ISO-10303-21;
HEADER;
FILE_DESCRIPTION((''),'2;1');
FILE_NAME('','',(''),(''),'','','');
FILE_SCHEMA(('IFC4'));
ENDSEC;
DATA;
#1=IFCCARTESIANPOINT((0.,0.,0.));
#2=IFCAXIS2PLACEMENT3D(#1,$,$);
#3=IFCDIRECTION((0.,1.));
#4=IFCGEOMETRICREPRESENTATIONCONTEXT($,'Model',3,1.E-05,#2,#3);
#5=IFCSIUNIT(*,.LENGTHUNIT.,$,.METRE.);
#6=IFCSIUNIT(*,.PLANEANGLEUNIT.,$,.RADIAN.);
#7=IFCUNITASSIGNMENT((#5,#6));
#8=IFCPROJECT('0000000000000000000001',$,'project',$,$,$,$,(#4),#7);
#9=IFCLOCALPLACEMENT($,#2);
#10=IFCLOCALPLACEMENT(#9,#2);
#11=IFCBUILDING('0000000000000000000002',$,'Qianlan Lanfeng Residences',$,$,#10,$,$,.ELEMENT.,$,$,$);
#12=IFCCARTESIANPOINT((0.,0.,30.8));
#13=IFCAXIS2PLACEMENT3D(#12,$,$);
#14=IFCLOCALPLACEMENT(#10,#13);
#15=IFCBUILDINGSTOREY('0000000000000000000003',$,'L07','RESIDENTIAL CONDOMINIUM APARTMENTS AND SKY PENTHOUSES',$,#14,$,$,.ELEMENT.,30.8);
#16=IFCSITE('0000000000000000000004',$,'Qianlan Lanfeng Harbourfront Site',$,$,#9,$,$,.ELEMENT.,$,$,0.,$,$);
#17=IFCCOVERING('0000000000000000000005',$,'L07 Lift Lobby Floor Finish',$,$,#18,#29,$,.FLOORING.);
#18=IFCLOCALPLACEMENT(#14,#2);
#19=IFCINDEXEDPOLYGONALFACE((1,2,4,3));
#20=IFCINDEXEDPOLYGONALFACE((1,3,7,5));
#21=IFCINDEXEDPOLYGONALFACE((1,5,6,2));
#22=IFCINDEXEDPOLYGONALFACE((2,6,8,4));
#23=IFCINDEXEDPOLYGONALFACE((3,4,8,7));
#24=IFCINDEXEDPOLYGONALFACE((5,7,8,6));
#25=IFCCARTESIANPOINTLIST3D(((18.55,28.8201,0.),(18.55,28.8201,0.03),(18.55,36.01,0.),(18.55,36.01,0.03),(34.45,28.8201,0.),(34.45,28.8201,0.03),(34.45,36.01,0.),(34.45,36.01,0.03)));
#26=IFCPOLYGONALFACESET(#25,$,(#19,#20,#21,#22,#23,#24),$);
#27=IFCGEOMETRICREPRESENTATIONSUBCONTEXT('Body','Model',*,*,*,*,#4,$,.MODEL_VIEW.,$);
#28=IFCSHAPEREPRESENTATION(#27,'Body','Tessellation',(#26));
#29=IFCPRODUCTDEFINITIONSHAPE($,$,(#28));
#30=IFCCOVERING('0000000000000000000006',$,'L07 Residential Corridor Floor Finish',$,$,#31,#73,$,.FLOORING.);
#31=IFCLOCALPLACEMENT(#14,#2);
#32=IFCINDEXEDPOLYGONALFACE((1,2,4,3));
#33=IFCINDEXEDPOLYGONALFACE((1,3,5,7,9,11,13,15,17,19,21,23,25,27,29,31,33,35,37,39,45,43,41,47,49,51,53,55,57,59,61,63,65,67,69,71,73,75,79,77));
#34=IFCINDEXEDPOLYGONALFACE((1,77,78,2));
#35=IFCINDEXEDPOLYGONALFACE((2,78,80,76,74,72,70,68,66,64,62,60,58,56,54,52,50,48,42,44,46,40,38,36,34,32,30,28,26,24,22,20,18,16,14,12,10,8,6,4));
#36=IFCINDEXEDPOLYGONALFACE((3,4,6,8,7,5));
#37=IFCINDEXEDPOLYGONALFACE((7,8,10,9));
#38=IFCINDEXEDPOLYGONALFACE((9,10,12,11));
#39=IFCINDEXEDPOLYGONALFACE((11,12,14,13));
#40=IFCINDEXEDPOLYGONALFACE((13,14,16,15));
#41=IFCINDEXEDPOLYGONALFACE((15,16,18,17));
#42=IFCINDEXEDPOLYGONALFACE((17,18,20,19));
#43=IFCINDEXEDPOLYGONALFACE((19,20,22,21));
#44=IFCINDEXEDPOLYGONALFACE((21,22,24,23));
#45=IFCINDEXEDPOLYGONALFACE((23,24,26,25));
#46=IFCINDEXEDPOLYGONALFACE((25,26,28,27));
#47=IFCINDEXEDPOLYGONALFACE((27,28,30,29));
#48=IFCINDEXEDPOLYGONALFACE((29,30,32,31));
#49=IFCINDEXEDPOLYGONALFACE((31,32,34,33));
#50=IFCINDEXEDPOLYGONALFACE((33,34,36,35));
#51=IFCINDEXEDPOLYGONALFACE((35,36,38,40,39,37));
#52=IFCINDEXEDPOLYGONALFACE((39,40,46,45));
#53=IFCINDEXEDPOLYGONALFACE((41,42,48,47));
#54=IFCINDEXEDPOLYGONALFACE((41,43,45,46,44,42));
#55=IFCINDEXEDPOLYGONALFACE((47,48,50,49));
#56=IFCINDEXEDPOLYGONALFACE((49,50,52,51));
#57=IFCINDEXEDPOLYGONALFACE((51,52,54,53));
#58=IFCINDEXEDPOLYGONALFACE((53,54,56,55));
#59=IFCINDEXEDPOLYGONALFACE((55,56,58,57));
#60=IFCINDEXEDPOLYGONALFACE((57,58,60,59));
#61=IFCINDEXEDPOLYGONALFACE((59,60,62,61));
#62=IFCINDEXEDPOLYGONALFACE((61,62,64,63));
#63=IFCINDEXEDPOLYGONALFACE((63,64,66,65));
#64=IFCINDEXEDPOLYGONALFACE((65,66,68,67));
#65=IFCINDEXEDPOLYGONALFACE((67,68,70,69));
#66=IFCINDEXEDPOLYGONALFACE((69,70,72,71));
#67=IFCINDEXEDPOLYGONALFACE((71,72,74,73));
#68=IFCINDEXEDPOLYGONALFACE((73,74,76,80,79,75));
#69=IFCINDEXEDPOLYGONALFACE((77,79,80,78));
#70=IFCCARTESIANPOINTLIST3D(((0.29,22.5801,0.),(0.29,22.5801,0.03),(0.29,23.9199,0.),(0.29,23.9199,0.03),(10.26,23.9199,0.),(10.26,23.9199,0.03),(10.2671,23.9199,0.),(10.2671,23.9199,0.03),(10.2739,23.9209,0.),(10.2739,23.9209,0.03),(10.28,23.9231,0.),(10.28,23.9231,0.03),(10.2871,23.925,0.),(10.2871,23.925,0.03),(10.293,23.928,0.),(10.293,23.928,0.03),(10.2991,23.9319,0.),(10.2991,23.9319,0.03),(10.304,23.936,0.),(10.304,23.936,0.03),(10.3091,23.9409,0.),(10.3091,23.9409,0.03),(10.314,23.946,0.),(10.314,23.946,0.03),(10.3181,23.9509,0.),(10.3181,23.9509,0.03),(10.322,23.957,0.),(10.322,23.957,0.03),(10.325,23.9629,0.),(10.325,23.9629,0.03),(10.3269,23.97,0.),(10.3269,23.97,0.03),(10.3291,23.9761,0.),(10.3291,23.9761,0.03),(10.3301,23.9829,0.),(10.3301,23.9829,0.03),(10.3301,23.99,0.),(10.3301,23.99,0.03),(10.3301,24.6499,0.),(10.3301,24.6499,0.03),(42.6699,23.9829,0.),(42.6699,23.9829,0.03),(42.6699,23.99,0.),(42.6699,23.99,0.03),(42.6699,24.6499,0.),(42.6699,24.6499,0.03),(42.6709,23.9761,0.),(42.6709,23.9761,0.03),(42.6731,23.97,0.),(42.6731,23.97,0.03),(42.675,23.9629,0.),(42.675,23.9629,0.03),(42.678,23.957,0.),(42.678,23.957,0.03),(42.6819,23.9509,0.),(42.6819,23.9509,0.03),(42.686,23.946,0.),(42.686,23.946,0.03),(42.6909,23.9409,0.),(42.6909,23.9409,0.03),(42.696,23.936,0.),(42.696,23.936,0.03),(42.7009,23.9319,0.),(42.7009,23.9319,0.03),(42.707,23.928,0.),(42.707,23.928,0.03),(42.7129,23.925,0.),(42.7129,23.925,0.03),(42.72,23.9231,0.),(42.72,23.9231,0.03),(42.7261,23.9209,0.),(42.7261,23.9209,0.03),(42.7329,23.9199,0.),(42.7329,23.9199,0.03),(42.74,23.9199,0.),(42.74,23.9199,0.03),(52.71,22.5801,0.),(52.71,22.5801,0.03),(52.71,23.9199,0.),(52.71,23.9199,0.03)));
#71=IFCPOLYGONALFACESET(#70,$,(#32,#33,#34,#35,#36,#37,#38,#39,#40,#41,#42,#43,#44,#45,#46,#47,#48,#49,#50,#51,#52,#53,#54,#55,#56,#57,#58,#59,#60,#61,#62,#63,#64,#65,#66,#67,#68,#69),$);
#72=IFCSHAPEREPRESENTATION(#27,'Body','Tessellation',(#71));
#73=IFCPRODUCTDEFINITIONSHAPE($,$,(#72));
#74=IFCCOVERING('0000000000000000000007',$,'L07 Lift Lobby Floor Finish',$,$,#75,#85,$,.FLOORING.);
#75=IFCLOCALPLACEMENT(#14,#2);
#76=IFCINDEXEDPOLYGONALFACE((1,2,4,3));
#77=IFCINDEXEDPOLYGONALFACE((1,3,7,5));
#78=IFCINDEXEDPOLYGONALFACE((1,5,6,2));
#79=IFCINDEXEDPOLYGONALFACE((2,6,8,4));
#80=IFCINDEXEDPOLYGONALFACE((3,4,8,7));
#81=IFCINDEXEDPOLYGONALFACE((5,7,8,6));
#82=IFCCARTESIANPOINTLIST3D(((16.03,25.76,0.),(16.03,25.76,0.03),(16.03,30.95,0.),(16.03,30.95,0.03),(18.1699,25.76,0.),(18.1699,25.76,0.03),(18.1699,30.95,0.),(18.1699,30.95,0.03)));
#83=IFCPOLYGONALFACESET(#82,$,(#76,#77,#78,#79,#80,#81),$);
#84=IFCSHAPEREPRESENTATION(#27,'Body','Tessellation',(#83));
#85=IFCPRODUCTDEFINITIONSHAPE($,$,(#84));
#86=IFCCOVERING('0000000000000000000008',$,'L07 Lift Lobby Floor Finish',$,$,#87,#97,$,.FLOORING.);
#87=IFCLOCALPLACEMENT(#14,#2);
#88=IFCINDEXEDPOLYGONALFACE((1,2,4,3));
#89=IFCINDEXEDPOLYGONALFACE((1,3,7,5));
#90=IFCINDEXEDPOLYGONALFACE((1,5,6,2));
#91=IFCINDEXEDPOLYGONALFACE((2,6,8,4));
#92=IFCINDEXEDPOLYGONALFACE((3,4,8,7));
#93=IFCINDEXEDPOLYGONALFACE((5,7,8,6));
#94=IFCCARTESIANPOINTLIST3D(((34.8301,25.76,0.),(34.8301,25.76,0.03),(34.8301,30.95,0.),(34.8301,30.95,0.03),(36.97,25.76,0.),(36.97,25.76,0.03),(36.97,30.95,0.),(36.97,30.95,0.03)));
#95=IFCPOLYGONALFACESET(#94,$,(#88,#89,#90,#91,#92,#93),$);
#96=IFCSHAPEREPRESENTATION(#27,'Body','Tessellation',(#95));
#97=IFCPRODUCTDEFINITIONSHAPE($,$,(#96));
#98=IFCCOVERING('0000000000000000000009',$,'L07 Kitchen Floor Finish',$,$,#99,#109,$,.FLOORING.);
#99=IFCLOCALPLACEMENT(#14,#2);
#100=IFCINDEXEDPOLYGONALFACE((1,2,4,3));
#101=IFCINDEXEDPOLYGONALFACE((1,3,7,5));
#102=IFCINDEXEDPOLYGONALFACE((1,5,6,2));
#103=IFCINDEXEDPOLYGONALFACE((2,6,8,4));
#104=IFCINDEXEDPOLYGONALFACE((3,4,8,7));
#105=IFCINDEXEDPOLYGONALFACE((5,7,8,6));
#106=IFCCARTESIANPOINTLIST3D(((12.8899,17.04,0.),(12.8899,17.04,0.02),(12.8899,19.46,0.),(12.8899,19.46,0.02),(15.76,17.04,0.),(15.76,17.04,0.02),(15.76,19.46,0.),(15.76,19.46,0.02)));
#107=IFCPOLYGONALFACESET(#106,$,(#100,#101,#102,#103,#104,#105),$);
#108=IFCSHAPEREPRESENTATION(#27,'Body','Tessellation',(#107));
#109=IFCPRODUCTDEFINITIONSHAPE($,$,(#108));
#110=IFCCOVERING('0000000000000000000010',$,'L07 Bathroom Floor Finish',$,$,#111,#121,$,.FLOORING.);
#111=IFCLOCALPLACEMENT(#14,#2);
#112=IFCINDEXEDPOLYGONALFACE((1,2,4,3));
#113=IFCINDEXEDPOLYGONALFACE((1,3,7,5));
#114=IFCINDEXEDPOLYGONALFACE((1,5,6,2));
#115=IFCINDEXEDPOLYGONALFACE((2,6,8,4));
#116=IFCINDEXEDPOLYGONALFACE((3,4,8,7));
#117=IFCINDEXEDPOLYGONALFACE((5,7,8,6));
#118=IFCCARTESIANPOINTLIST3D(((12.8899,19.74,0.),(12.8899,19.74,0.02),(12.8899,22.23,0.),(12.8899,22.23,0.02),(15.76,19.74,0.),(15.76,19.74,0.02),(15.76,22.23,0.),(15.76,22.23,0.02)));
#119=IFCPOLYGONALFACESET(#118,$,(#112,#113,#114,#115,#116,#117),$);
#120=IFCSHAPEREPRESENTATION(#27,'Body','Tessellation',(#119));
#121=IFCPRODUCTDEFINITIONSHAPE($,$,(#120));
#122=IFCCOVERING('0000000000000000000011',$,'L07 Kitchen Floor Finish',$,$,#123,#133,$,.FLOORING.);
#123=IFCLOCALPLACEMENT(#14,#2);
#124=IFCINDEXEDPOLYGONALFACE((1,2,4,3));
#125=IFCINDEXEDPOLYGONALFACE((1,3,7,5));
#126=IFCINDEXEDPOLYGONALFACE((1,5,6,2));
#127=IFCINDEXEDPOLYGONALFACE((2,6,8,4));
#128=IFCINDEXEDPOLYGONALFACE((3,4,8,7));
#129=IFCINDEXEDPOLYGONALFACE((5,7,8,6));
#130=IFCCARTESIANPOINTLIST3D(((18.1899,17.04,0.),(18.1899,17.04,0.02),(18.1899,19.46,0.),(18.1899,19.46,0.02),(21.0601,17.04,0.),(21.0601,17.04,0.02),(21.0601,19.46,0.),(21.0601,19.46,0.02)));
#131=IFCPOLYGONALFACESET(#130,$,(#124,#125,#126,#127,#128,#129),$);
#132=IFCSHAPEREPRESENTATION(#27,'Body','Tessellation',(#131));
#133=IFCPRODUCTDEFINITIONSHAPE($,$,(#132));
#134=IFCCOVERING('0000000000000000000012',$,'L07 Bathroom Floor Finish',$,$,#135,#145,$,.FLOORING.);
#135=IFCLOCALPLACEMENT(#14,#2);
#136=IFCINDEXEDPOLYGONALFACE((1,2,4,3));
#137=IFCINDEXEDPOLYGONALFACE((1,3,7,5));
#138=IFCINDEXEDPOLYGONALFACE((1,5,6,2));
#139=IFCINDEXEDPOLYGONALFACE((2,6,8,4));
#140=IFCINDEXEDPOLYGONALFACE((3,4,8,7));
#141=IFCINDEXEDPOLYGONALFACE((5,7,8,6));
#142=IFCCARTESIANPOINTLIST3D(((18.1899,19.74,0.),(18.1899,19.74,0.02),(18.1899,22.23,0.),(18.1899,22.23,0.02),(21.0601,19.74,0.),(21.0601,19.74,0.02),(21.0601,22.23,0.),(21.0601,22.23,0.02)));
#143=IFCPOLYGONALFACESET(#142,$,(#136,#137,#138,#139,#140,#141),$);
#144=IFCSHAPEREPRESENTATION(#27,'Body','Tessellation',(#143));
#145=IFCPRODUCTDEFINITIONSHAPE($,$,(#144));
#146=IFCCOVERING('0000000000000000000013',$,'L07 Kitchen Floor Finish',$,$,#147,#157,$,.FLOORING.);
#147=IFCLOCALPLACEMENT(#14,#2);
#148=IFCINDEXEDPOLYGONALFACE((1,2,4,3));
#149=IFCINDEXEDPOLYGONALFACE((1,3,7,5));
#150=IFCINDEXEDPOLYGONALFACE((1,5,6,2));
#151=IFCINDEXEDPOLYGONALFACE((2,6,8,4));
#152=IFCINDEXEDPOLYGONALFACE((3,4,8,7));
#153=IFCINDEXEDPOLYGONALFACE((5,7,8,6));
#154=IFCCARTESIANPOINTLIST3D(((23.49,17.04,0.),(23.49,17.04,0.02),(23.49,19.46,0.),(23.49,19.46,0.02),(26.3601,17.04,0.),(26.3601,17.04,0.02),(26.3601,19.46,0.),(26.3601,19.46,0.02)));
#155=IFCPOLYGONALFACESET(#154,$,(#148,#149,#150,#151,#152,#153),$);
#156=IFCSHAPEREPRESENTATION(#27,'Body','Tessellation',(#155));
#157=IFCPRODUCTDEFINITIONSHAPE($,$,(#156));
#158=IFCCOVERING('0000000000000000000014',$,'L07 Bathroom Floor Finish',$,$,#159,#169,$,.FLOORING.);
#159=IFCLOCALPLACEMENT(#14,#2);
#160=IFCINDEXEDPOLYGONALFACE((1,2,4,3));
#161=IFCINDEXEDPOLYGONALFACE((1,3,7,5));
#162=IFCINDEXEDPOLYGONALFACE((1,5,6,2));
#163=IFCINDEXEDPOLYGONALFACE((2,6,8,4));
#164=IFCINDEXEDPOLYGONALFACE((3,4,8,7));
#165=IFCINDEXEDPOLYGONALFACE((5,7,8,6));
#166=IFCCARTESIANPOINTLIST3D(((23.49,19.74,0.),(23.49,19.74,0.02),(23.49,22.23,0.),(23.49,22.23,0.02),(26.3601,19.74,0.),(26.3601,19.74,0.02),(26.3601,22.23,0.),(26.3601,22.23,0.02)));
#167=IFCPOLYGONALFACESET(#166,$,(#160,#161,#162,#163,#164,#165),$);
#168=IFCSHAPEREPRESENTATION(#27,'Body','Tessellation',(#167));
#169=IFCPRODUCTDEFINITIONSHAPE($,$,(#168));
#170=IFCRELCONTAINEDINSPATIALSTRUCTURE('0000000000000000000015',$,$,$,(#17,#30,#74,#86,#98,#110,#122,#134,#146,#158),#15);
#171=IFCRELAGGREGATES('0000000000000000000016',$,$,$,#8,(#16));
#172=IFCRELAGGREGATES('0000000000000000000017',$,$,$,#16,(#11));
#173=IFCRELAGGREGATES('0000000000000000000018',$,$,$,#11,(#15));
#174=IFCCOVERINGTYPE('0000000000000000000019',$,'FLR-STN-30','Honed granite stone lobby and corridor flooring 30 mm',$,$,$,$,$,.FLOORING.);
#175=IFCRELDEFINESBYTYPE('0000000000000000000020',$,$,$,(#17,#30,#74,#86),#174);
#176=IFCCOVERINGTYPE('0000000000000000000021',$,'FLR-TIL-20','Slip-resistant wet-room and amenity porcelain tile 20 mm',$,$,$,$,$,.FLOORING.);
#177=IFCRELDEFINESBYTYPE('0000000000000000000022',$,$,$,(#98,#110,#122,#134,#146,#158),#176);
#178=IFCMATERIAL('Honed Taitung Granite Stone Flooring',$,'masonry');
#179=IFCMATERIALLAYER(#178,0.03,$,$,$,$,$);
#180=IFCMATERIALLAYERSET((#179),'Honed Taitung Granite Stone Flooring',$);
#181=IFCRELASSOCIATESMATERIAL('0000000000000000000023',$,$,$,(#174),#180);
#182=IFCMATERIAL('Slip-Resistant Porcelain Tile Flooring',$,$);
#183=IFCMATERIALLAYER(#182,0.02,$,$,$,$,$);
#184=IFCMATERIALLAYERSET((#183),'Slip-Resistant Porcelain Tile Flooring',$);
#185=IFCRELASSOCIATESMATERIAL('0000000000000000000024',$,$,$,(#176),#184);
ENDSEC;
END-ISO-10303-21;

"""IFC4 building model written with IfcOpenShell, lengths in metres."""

from ifc_helpers import new_model, si_unit, direction, frame, origin, place, context, subcontext, project, spatial, polyline, outline, extrude, material, layer, layer_set, type_object, element, save


model = new_model("IFC4")

# Units and contexts
model_context = context("Model", 3, precision=1e-05, world=origin(), true_north=direction((0.0, 1.0)))
body_context = subcontext(model_context, "Body", "Model", "MODEL_VIEW")
ifc_project = project(units=[si_unit("LENGTHUNIT", "METRE"), si_unit("PLANEANGLEUNIT", "RADIAN")], contexts=[model_context])

# Site, building, storey
site_placement = place(None, origin())
site = spatial("IfcSite", under=ifc_project, at=site_placement, Name="Qianlan Lanfeng Harbourfront Site", CompositionType="ELEMENT", RefElevation=0.0)
building_placement = place(site_placement, origin())
building = spatial("IfcBuilding", under=site, at=building_placement, Name="Qianlan Lanfeng Residences", CompositionType="ELEMENT")
storey_placement = place(building_placement, frame((0.0, 0.0, 30.8)))
storey = spatial("IfcBuildingStorey", under=building, at=storey_placement, Name="L07", Description="RESIDENTIAL CONDOMINIUM APARTMENTS AND SKY PENTHOUSES", CompositionType="ELEMENT", Elevation=30.8)

# Coverings
ifc_material_1 = material(Name="Honed Taitung Granite Stone Flooring", Category="masonry")
ifc_layer_1 = layer(ifc_material_1, 0.03)
ifc_layer_set_1 = layer_set([ifc_layer_1], Name="Honed Taitung Granite Stone Flooring")
covering_type_1 = type_object("IfcCoveringType", Name="FLR-STN-30", Description="Honed granite stone lobby and corridor flooring 30 mm", PredefinedType="FLOORING", material=ifc_layer_set_1)
covering_1_placement = place(storey_placement, origin())
element("IfcCovering", 1, at=covering_1_placement, inside=storey, type_object=covering_type_1, Name="L07 Lift Lobby Floor Finish", PredefinedType="FLOORING", context=body_context, shape_type="SweptSolid", body=[
    extrude(outline(polyline([(18.55, 28.8201), (34.45, 28.8201), (34.45, 36.01), (18.55, 36.01), (18.55, 28.8201)])), origin(), (0.0, 0.0, 1.0), 0.03),
])
covering_2_placement = place(storey_placement, origin())
element("IfcCovering", 2, at=covering_2_placement, inside=storey, type_object=covering_type_1, Name="L07 Residential Corridor Floor Finish", PredefinedType="FLOORING", context=body_context, shape_type="SweptSolid", body=[
    extrude(outline(polyline([(0.29, 22.5801), (52.71, 22.5801), (52.71, 23.9199), (42.74, 23.9199), (42.7329, 23.9199), (42.7261, 23.9209), (42.72, 23.9231), (42.7129, 23.925), (42.707, 23.928), (42.7009, 23.9319), (42.696, 23.936), (42.6909, 23.9409), (42.686, 23.946), (42.6819, 23.9509), (42.678, 23.957), (42.675, 23.9629), (42.6731, 23.97), (42.6709, 23.9761), (42.6699, 23.9829), (42.6699, 23.99), (42.6699, 24.6499), (10.3301, 24.6499), (10.3301, 23.99), (10.3301, 23.9829), (10.3291, 23.9761), (10.3269, 23.97), (10.325, 23.9629), (10.322, 23.957), (10.3181, 23.9509), (10.314, 23.946), (10.3091, 23.9409), (10.304, 23.936), (10.2991, 23.9319), (10.293, 23.928), (10.2871, 23.925), (10.28, 23.9231), (10.2739, 23.9209), (10.2671, 23.9199), (10.26, 23.9199), (0.29, 23.9199), (0.29, 22.5801)])), origin(), (0.0, 0.0, 1.0), 0.03),
])
covering_3_placement = place(storey_placement, origin())
element("IfcCovering", 3, at=covering_3_placement, inside=storey, type_object=covering_type_1, Name="L07 Lift Lobby Floor Finish", PredefinedType="FLOORING", context=body_context, shape_type="SweptSolid", body=[
    extrude(outline(polyline([(16.03, 25.76), (18.1699, 25.76), (18.1699, 30.95), (16.03, 30.95), (16.03, 25.76)])), origin(), (0.0, 0.0, 1.0), 0.03),
])
covering_4_placement = place(storey_placement, origin())
element("IfcCovering", 4, at=covering_4_placement, inside=storey, type_object=covering_type_1, Name="L07 Lift Lobby Floor Finish", PredefinedType="FLOORING", context=body_context, shape_type="SweptSolid", body=[
    extrude(outline(polyline([(34.8301, 25.76), (36.97, 25.76), (36.97, 30.95), (34.8301, 30.95), (34.8301, 25.76)])), origin(), (0.0, 0.0, 1.0), 0.03),
])
ifc_material_2 = material(Name="Slip-Resistant Porcelain Tile Flooring")
ifc_layer_2 = layer(ifc_material_2, 0.02)
ifc_layer_set_2 = layer_set([ifc_layer_2], Name="Slip-Resistant Porcelain Tile Flooring")
covering_type_2 = type_object("IfcCoveringType", Name="FLR-TIL-20", Description="Slip-resistant wet-room and amenity porcelain tile 20 mm", PredefinedType="FLOORING", material=ifc_layer_set_2)
covering_5_placement = place(storey_placement, origin())
element("IfcCovering", 5, at=covering_5_placement, inside=storey, type_object=covering_type_2, Name="L07 Kitchen Floor Finish", PredefinedType="FLOORING", context=body_context, shape_type="SweptSolid", body=[
    extrude(outline(polyline([(12.8899, 17.04), (15.76, 17.04), (15.76, 19.46), (12.8899, 19.46), (12.8899, 17.04)])), origin(), (0.0, 0.0, 1.0), 0.02),
])
covering_6_placement = place(storey_placement, origin())
element("IfcCovering", 6, at=covering_6_placement, inside=storey, type_object=covering_type_2, Name="L07 Bathroom Floor Finish", PredefinedType="FLOORING", context=body_context, shape_type="SweptSolid", body=[
    extrude(outline(polyline([(12.8899, 19.74), (15.76, 19.74), (15.76, 22.23), (12.8899, 22.23), (12.8899, 19.74)])), origin(), (0.0, 0.0, 1.0), 0.02),
])
covering_7_placement = place(storey_placement, origin())
element("IfcCovering", 7, at=covering_7_placement, inside=storey, type_object=covering_type_2, Name="L07 Kitchen Floor Finish", PredefinedType="FLOORING", context=body_context, shape_type="SweptSolid", body=[
    extrude(outline(polyline([(18.1899, 17.04), (21.0601, 17.04), (21.0601, 19.46), (18.1899, 19.46), (18.1899, 17.04)])), origin(), (0.0, 0.0, 1.0), 0.02),
])
covering_8_placement = place(storey_placement, origin())
element("IfcCovering", 8, at=covering_8_placement, inside=storey, type_object=covering_type_2, Name="L07 Bathroom Floor Finish", PredefinedType="FLOORING", context=body_context, shape_type="SweptSolid", body=[
    extrude(outline(polyline([(18.1899, 19.74), (21.0601, 19.74), (21.0601, 22.23), (18.1899, 22.23), (18.1899, 19.74)])), origin(), (0.0, 0.0, 1.0), 0.02),
])
covering_9_placement = place(storey_placement, origin())
element("IfcCovering", 9, at=covering_9_placement, inside=storey, type_object=covering_type_2, Name="L07 Kitchen Floor Finish", PredefinedType="FLOORING", context=body_context, shape_type="SweptSolid", body=[
    extrude(outline(polyline([(23.49, 17.04), (26.3601, 17.04), (26.3601, 19.46), (23.49, 19.46), (23.49, 17.04)])), origin(), (0.0, 0.0, 1.0), 0.02),
])
covering_10_placement = place(storey_placement, origin())
element("IfcCovering", 10, at=covering_10_placement, inside=storey, type_object=covering_type_2, Name="L07 Bathroom Floor Finish", PredefinedType="FLOORING", context=body_context, shape_type="SweptSolid", body=[
    extrude(outline(polyline([(23.49, 19.74), (26.3601, 19.74), (26.3601, 22.23), (23.49, 22.23), (23.49, 19.74)])), origin(), (0.0, 0.0, 1.0), 0.02),
])

save(model, "model.ifc")
